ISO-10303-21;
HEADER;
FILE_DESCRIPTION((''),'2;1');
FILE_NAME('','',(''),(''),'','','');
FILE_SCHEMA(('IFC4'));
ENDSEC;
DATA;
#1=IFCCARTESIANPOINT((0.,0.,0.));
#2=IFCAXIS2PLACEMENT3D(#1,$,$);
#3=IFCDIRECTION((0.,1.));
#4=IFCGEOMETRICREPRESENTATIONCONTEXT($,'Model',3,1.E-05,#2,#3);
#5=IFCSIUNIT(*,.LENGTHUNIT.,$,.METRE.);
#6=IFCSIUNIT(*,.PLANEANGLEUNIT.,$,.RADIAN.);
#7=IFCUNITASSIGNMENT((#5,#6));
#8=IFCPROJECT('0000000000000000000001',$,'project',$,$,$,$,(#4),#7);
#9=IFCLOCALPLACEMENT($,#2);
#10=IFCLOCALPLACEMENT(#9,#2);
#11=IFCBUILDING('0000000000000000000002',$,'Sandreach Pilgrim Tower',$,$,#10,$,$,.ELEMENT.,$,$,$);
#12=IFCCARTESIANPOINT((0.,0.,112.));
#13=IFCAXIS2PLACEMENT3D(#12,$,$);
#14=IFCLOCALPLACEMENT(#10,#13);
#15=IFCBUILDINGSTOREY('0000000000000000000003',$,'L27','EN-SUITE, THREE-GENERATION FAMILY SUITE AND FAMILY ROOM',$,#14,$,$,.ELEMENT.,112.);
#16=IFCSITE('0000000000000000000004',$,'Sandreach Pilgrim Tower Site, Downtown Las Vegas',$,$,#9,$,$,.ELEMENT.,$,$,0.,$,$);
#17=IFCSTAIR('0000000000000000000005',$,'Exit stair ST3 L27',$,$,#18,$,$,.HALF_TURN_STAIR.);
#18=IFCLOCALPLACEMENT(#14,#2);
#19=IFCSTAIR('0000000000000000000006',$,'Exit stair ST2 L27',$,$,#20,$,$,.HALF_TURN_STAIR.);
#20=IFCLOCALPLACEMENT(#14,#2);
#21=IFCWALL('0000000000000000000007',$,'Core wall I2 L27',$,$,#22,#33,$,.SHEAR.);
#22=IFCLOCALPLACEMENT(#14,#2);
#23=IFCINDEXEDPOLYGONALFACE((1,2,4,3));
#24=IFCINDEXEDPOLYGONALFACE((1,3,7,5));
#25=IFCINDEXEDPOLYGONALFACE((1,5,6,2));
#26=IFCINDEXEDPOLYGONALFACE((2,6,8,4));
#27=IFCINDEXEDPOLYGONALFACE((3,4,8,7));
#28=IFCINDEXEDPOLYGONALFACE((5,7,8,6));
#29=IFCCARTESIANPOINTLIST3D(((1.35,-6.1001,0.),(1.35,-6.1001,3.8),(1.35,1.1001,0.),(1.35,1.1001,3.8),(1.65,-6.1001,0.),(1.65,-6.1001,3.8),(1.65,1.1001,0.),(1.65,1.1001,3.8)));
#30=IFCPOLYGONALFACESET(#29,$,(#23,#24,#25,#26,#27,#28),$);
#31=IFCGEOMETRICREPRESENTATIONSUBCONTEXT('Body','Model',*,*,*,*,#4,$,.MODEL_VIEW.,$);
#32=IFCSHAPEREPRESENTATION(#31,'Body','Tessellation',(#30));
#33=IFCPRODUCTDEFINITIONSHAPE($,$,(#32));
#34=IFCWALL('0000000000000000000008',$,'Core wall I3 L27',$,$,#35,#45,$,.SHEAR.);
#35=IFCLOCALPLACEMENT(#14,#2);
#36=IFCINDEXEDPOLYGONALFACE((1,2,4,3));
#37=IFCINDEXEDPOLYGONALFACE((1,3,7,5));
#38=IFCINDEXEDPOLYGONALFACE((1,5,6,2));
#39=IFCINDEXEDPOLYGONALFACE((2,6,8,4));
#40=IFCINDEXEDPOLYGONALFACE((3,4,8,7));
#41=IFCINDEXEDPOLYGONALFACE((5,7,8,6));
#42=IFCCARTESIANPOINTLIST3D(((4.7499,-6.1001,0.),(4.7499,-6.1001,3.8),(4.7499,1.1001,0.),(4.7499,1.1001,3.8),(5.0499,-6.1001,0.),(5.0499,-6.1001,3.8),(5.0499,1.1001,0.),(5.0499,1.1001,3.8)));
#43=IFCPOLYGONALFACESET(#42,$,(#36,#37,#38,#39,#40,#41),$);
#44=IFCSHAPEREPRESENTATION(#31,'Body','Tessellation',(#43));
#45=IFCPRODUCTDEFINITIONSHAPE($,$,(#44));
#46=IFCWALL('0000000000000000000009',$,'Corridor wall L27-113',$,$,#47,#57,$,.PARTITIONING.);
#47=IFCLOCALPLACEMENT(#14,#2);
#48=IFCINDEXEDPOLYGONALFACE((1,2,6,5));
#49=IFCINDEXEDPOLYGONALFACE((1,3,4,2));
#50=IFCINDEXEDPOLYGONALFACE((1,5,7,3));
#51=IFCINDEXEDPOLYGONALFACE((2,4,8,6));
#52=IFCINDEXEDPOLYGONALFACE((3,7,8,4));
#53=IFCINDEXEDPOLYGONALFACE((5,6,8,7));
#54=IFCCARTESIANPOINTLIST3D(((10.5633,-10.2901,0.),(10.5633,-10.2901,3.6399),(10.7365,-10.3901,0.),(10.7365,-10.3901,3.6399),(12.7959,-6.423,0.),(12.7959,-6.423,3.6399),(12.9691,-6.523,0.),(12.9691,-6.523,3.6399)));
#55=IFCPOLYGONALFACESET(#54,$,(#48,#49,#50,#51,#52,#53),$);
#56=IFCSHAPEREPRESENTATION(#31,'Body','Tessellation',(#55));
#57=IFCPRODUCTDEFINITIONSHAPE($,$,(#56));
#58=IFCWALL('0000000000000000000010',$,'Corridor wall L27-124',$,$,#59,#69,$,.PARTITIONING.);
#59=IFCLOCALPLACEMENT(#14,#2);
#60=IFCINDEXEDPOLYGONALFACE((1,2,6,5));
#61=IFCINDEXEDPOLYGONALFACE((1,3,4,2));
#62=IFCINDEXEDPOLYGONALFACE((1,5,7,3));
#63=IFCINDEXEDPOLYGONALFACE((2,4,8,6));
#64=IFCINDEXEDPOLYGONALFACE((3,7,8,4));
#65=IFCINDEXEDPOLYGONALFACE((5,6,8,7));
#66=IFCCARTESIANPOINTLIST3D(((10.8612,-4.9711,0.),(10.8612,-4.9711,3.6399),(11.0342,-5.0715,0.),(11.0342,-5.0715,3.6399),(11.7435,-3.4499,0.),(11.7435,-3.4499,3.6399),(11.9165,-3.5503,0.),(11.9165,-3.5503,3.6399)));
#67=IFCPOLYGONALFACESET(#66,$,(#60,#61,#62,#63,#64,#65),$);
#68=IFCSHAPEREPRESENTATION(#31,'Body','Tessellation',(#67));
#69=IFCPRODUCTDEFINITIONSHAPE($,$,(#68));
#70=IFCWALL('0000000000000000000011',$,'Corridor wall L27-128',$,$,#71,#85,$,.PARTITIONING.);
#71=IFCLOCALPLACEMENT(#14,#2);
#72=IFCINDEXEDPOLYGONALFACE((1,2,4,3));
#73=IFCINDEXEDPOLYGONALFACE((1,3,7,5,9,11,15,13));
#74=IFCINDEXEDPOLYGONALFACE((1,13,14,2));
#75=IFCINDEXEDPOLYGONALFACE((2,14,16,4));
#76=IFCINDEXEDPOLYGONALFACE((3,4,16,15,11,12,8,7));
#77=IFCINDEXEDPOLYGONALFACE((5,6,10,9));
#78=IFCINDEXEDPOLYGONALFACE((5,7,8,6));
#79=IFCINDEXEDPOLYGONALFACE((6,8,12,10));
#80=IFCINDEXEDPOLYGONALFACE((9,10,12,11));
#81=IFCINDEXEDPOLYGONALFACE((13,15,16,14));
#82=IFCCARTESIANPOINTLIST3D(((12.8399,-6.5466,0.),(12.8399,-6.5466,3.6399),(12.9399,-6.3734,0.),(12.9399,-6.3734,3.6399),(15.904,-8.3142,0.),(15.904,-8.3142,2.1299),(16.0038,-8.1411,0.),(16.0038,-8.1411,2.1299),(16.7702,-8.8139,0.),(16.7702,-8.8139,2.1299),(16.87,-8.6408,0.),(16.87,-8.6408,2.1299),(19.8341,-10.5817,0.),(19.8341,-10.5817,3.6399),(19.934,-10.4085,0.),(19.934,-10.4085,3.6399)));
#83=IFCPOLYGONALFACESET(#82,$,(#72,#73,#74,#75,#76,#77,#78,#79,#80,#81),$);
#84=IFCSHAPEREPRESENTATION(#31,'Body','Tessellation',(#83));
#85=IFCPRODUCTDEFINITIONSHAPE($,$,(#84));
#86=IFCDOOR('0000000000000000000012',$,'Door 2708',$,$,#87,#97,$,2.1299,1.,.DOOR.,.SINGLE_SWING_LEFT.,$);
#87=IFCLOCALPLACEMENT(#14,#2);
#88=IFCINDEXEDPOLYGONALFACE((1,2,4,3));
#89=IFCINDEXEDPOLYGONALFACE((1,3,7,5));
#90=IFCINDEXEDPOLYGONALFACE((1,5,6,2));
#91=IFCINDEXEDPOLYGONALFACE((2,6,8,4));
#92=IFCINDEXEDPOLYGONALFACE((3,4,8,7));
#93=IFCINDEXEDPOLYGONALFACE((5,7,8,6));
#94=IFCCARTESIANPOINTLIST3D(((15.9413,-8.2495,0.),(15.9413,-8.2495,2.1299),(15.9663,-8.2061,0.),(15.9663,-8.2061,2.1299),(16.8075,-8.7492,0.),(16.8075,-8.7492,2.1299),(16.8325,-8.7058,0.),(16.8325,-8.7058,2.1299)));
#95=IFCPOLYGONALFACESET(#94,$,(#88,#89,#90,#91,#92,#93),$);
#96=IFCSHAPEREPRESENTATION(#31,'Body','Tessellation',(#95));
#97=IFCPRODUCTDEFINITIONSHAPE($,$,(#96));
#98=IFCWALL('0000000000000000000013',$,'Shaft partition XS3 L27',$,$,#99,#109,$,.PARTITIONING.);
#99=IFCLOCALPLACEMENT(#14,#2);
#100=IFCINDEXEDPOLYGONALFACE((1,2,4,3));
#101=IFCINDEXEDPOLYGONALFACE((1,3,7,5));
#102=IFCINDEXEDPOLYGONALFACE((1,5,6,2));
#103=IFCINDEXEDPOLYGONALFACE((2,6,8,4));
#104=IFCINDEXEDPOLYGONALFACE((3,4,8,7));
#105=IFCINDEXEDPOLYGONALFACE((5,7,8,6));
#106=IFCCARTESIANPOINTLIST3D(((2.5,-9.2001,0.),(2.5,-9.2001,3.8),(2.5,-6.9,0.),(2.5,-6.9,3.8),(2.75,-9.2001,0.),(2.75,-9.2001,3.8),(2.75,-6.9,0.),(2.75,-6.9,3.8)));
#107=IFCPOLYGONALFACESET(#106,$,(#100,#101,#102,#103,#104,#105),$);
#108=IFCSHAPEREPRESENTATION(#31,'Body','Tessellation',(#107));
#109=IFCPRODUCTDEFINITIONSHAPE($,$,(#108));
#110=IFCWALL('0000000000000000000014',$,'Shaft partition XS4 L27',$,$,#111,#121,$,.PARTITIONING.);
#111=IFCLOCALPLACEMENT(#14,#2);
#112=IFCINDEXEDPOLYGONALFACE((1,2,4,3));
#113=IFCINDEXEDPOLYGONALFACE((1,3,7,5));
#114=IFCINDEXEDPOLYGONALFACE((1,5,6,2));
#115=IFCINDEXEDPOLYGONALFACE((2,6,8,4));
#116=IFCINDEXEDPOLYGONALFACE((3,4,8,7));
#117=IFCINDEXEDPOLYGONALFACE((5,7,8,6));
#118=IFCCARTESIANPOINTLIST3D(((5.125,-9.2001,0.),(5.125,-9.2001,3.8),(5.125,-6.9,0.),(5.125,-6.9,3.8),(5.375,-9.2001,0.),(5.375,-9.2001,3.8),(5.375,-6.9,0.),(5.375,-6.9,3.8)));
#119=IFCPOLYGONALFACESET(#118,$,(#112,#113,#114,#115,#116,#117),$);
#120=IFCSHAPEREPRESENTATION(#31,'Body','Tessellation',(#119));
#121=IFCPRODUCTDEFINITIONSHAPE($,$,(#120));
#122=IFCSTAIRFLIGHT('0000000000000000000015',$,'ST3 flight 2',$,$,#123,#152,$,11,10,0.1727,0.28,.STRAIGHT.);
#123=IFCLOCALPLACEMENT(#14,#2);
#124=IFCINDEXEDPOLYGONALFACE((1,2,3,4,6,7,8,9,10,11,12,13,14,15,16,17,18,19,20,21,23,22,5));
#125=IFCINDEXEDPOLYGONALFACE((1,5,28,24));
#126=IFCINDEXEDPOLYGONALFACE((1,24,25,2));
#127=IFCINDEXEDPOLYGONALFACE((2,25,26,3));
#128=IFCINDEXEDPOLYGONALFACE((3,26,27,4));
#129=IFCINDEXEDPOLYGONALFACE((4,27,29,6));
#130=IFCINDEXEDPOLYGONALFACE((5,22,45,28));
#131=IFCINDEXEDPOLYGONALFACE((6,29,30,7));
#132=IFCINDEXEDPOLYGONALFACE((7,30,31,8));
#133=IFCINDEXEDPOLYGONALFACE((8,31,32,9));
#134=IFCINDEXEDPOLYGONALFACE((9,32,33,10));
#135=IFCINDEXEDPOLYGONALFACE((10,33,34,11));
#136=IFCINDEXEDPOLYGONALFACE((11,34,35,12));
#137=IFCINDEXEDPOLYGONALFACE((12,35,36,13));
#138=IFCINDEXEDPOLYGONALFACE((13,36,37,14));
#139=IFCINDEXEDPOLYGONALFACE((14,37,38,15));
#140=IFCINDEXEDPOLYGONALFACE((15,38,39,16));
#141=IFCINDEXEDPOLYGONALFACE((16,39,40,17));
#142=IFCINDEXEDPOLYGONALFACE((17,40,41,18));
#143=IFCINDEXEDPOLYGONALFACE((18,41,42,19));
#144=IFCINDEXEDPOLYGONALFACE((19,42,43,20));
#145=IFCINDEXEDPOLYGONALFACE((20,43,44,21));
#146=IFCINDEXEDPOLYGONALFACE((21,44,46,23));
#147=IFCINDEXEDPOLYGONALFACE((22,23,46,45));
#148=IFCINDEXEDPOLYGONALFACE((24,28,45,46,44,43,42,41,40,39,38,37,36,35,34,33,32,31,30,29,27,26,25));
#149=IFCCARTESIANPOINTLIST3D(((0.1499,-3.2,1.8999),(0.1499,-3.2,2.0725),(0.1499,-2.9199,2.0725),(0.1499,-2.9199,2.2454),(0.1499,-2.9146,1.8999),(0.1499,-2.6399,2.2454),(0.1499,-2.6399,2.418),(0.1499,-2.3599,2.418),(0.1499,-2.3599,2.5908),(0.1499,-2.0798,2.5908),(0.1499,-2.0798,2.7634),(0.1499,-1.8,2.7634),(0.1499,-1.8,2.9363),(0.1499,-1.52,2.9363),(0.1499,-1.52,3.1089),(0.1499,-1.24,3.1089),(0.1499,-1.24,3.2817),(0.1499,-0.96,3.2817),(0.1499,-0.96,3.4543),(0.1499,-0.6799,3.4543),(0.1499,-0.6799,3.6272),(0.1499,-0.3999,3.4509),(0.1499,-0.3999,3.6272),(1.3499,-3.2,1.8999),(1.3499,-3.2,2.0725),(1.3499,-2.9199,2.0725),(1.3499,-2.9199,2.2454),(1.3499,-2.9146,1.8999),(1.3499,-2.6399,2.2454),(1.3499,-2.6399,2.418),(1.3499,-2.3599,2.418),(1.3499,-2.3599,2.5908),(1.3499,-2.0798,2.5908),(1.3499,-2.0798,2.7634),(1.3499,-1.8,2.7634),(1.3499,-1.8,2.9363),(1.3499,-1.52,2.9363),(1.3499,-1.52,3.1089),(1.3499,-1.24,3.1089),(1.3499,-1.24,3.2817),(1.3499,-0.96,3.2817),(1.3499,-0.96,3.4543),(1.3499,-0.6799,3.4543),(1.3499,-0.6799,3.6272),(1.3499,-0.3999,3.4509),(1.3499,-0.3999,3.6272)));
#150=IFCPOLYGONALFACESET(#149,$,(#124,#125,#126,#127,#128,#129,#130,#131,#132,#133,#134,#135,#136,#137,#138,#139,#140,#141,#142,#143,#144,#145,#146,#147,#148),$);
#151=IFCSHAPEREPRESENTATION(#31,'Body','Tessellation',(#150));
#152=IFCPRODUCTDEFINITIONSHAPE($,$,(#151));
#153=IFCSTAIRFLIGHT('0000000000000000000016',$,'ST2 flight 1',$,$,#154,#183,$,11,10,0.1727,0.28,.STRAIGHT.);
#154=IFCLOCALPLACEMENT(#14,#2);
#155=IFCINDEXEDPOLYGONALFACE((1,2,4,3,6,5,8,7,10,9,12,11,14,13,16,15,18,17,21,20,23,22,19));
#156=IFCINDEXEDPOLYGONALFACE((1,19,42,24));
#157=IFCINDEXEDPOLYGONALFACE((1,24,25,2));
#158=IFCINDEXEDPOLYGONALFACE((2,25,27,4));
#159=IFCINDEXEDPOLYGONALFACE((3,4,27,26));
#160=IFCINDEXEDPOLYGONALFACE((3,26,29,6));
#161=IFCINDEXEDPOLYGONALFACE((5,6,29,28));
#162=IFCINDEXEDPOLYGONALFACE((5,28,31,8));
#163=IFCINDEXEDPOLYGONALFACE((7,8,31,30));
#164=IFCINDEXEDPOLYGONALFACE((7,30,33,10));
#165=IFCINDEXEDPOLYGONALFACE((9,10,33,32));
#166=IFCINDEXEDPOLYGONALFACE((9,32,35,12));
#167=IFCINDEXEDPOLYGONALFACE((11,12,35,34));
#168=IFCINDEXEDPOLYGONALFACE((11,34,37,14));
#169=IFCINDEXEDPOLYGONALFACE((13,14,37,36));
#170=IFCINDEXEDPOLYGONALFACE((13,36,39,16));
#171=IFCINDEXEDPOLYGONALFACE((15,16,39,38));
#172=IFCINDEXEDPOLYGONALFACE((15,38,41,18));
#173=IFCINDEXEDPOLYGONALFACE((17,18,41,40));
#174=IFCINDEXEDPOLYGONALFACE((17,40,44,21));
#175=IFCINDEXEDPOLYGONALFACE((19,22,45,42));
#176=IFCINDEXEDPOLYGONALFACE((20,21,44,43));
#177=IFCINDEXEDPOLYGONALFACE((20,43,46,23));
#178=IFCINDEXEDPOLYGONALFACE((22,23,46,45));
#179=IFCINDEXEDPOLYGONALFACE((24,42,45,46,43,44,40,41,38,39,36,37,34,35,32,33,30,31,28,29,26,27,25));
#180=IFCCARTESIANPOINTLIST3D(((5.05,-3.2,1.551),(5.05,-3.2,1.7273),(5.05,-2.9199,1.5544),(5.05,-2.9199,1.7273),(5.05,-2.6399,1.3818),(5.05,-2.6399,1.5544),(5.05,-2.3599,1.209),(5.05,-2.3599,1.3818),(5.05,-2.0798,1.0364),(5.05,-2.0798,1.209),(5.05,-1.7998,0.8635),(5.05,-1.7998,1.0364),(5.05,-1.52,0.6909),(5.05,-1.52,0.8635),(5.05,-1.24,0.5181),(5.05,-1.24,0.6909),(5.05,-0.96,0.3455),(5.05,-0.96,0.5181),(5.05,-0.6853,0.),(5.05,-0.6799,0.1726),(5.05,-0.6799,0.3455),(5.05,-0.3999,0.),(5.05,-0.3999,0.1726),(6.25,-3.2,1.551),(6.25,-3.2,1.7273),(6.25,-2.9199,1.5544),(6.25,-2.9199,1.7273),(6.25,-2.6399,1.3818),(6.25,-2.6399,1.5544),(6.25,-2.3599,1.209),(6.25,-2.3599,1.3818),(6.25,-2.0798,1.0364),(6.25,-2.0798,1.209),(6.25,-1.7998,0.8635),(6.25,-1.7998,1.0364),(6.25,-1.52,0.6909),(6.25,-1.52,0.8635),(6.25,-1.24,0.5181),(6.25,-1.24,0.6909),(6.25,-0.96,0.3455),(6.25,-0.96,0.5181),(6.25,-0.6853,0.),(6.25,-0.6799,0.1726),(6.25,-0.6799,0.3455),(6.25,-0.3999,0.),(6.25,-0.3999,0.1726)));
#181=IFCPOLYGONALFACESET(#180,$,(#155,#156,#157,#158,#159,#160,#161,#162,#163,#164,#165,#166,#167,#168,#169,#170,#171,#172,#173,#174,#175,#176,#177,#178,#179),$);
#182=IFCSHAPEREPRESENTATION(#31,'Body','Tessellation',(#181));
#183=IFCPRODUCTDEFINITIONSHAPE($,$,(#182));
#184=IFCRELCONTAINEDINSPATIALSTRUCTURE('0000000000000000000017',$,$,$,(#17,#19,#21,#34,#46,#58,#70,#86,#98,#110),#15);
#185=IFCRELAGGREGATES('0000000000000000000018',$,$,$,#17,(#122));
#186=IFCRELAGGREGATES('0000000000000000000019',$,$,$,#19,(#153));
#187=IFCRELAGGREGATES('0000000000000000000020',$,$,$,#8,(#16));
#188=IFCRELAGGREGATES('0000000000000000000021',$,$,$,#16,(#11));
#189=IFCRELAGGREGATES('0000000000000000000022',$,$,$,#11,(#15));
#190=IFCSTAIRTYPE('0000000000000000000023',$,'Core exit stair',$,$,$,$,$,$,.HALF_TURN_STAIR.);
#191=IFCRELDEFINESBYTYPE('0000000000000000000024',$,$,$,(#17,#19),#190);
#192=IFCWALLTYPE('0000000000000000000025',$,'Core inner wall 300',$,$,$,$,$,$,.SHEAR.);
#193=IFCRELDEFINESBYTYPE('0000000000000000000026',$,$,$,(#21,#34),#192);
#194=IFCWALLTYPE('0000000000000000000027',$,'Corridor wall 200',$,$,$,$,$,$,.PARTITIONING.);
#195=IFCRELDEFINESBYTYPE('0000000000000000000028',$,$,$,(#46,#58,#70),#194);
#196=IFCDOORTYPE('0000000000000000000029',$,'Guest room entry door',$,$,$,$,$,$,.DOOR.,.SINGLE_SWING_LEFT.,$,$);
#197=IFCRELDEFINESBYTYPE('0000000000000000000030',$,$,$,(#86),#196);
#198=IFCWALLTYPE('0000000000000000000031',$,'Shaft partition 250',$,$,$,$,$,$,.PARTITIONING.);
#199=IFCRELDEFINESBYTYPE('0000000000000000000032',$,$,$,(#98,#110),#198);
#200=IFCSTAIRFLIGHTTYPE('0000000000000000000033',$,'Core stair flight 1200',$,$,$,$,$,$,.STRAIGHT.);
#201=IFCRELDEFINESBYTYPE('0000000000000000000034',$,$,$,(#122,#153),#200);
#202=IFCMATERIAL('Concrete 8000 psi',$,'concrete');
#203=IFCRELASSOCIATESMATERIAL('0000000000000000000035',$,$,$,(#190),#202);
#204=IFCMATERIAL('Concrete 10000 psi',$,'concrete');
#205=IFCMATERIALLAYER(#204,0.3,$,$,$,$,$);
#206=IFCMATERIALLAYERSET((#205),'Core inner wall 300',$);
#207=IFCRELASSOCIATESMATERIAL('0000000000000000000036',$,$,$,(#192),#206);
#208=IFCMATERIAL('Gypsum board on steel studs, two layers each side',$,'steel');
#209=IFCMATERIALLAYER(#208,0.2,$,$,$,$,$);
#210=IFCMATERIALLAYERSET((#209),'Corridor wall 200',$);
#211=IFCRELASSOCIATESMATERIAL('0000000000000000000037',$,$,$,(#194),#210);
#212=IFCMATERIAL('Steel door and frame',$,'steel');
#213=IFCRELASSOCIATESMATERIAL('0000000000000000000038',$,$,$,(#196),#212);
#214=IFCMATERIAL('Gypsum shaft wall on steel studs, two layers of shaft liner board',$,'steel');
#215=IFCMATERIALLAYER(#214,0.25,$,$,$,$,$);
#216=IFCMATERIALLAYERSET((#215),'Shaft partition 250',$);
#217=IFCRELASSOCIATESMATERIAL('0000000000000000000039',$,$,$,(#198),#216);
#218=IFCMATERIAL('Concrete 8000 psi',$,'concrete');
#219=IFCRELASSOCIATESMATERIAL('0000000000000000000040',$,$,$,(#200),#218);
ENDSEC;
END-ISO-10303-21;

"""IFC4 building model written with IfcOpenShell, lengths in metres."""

from ifc_helpers import new_model, si_unit, direction, frame, frame_2d, origin, place, context, subcontext, project, spatial, polyline, rectangle, outline, extrude, material, layer, layer_set, type_object, element, fill, aggregate, save


model = new_model("IFC4")

# Units and contexts
model_context = context("Model", 3, precision=1e-05, world=origin(), true_north=direction((0.0, 1.0)))
body_context = subcontext(model_context, "Body", "Model", "MODEL_VIEW")
ifc_project = project(units=[si_unit("LENGTHUNIT", "METRE"), si_unit("PLANEANGLEUNIT", "RADIAN")], contexts=[model_context])

# Site, building, storey
site_placement = place(None, origin())
site = spatial("IfcSite", under=ifc_project, at=site_placement, Name="Sandreach Pilgrim Tower Site, Downtown Las Vegas", CompositionType="ELEMENT", RefElevation=0.0)
building_placement = place(site_placement, origin())
building = spatial("IfcBuilding", under=site, at=building_placement, Name="Sandreach Pilgrim Tower", CompositionType="ELEMENT")
storey_placement = place(building_placement, frame((0.0, 0.0, 112.0)))
storey = spatial("IfcBuildingStorey", under=building, at=storey_placement, Name="L27", Description="EN-SUITE, THREE-GENERATION FAMILY SUITE AND FAMILY ROOM", CompositionType="ELEMENT", Elevation=112.0)

# Stairs
ifc_material_1 = material(Name="Concrete 8000 psi", Category="concrete")
stair_type = type_object("IfcStairType", Name="Core exit stair", PredefinedType="HALF_TURN_STAIR", material=ifc_material_1)
stair_1_placement = place(storey_placement, origin())
stair_1 = element("IfcStair", 1, at=stair_1_placement, inside=storey, type_object=stair_type, Name="Exit stair ST3 L27", PredefinedType="HALF_TURN_STAIR")
stair_2_placement = place(storey_placement, origin())
stair_2 = element("IfcStair", 2, at=stair_2_placement, inside=storey, type_object=stair_type, Name="Exit stair ST2 L27", PredefinedType="HALF_TURN_STAIR")

# Walls
ifc_material_2 = material(Name="Concrete 10000 psi", Category="concrete")
ifc_layer_1 = layer(ifc_material_2, 0.3)
ifc_layer_set_1 = layer_set([ifc_layer_1], Name="Core inner wall 300")
wall_type_1 = type_object("IfcWallType", Name="Core inner wall 300", PredefinedType="SHEAR", material=ifc_layer_set_1)
for number, where, z_axis, x_axis, name in (
    (3, (1.5, -6.1001, 0.0), (0.0, 0.0, 1.0), (0.0, 1.0, 0.0), "Core wall I2 L27"),
    (4, (4.8999, -6.1001, 0.0), (0.0, 0.0, 1.0), (0.0, 1.0, 0.0), "Core wall I3 L27"),
):
    element("IfcWall", number, at=place(storey_placement, frame(where, z_axis=z_axis, x_axis=x_axis)), inside=storey, type_object=wall_type_1, Name=name, PredefinedType="SHEAR", context=body_context, shape_type="SweptSolid", body=[
        extrude(rectangle(XDim=7.2002, YDim=0.3, at=frame_2d((3.6001, 0.0))), origin(), (0.0, 0.0, 1.0), 3.8),
    ])

# Wall
ifc_material_3 = material(Name="Gypsum board on steel studs, two layers each side", Category="steel")
ifc_layer_2 = layer(ifc_material_3, 0.2)
ifc_layer_set_2 = layer_set([ifc_layer_2], Name="Corridor wall 200")
wall_type_2 = type_object("IfcWallType", Name="Corridor wall 200", PredefinedType="PARTITIONING", material=ifc_layer_set_2)
wall_1_placement = place(storey_placement, frame((10.6499, -10.3401, 0.0), z_axis=(0.0, 0.0, 1.0), x_axis=(0.499991, 0.866031, 0.0)))
element("IfcWall", 5, at=wall_1_placement, inside=storey, type_object=wall_type_2, Name="Corridor wall L27-113", PredefinedType="PARTITIONING", context=body_context, shape_type="SweptSolid", body=[
    extrude(rectangle(XDim=4.4653, YDim=0.2, at=frame_2d((2.2327, 0.0))), origin(), (0.0, 0.0, 1.0), 3.6399),
])

# Wall
wall_2_placement = place(storey_placement, frame((11.8301, -3.5, 0.0), z_axis=(0.0, 0.0, 1.0), x_axis=(-0.50172, -0.86503, 0.0)))
element("IfcWall", 6, at=wall_2_placement, inside=storey, type_object=wall_type_2, Name="Corridor wall L27-124", PredefinedType="PARTITIONING", context=body_context, shape_type="SweptSolid", body=[
    extrude(rectangle(XDim=1.7585, YDim=0.2, at=frame_2d((0.8794, 0.0))), origin(), (0.0, 0.0, 1.0), 3.6399),
])

# Wall, opening, door
wall_3_placement = place(storey_placement, frame((12.8899, -6.46, 0.0), z_axis=(0.0, 0.0, 1.0), x_axis=(0.866182, -0.499729, 0.0)))
wall_3 = element("IfcWall", 7, at=wall_3_placement, inside=storey, type_object=wall_type_2, Name="Corridor wall L27-128", PredefinedType="PARTITIONING", context=body_context, shape_type="SweptSolid", body=[
    extrude(rectangle(XDim=8.0747, YDim=0.2, at=frame_2d((4.0374, 0.0))), origin(), (0.0, 0.0, 1.0), 3.6399),
])
opening_1_placement = place(wall_3_placement, frame((3.5374, 0.0, 0.0)))
opening_1 = element("IfcOpeningElement", 8, at=opening_1_placement, cuts=wall_3, PredefinedType="OPENING", context=body_context, shape_type="SweptSolid", body=[
    extrude(rectangle(XDim=1.0, YDim=2.1299, at=frame_2d((0.5, 1.0649))), frame((0.0, 0.1001, 0.0), z_axis=(0.0, -1.0, 0.0), x_axis=(1.0, 0.0, 0.0)), (0.0, 0.0, 1.0), 0.2),
])
ifc_material_4 = material(Name="Steel door and frame", Category="steel")
door_type_1 = type_object("IfcDoorType", Name="Guest room entry door", OperationType="SINGLE_SWING_LEFT", PredefinedType="DOOR", material=ifc_material_4)
door_1_placement = place(opening_1_placement, origin())
door_1 = element("IfcDoor", 9, at=door_1_placement, inside=storey, type_object=door_type_1, Name="Door 2708", OperationType="SINGLE_SWING_LEFT", OverallHeight=2.1299, OverallWidth=1.0, PredefinedType="DOOR", context=body_context, shape_type="SweptSolid", body=[
    extrude(rectangle(XDim=1.0, YDim=2.1299, at=frame_2d((0.5, 1.0649))), frame((0.0, 0.0249, 0.0), z_axis=(0.0, -1.0, 0.0), x_axis=(1.0, 0.0, 0.0)), (0.0, 0.0, 1.0), 0.05),
])
fill(opening_1, door_1)

# Walls
ifc_material_5 = material(Name="Gypsum shaft wall on steel studs, two layers of shaft liner board", Category="steel")
ifc_layer_3 = layer(ifc_material_5, 0.25)
ifc_layer_set_3 = layer_set([ifc_layer_3], Name="Shaft partition 250")
wall_type_3 = type_object("IfcWallType", Name="Shaft partition 250", PredefinedType="PARTITIONING", material=ifc_layer_set_3)
for number, where, z_axis, x_axis, name in (
    (10, (2.625, -9.2, 0.0), (0.0, 0.0, 1.0), (0.0, 1.0, 0.0), "Shaft partition XS3 L27"),
    (11, (5.25, -9.2, 0.0), (0.0, 0.0, 1.0), (0.0, 1.0, 0.0), "Shaft partition XS4 L27"),
):
    element("IfcWall", number, at=place(storey_placement, frame(where, z_axis=z_axis, x_axis=x_axis)), inside=storey, type_object=wall_type_3, Name=name, PredefinedType="PARTITIONING", context=body_context, shape_type="SweptSolid", body=[
        extrude(rectangle(XDim=2.3, YDim=0.25, at=frame_2d((1.1499, 0.0))), origin(), (0.0, 0.0, 1.0), 3.8),
    ])

# Stair flights
ifc_material_6 = material(Name="Concrete 8000 psi", Category="concrete")
stair_flight_type = type_object("IfcStairFlightType", Name="Core stair flight 1200", PredefinedType="STRAIGHT", material=ifc_material_6)
stair_flight_1_placement = place(storey_placement, frame((0.75, -3.2, 1.8999), z_axis=(0.0, 0.0, 1.0), x_axis=(0.0, 1.0, 0.0)))
stair_flight_1 = element("IfcStairFlight", 12, at=stair_flight_1_placement, type_object=stair_flight_type, Name="ST3 flight 2", NumberOfRisers=11, NumberOfTreads=10, PredefinedType="STRAIGHT", RiserHeight=0.1727, TreadLength=0.28, context=body_context, shape_type="SweptSolid", body=[
    extrude(outline(polyline([(0.0, 0.0), (0.0, 0.1726), (0.28, 0.1726), (0.28, 0.3455), (0.5601, 0.3455), (0.5601, 0.5181), (0.8401, 0.5181), (0.8401, 0.6909), (1.1201, 0.6909), (1.1201, 0.8635), (1.3999, 0.8635), (1.3999, 1.0364), (1.6799, 1.0364), (1.6799, 1.209), (1.96, 1.209), (1.96, 1.3818), (2.24, 1.3818), (2.24, 1.5544), (2.52, 1.5544), (2.52, 1.7273), (2.8, 1.7273), (2.8, 1.8999), (2.8, 1.551), (0.2854, 0.0), (0.0, 0.0)])), frame((0.0, 0.6001, 0.0), z_axis=(0.0, -1.0, 0.0), x_axis=(1.0, 0.0, 0.0)), (0.0, 0.0, 1.0), 1.2),
])
aggregate(stair_1, [stair_flight_1])
stair_flight_2_placement = place(storey_placement, frame((5.6499, -0.3999, 0.0), z_axis=(0.0, 0.0, 1.0), x_axis=(0.0, -1.0, 0.0)))
stair_flight_2 = element("IfcStairFlight", 13, at=stair_flight_2_placement, type_object=stair_flight_type, Name="ST2 flight 1", NumberOfRisers=11, NumberOfTreads=10, PredefinedType="STRAIGHT", RiserHeight=0.1727, TreadLength=0.28, context=body_context, shape_type="SweptSolid", body=[
    extrude(outline(polyline([(0.0, 0.0), (0.0, 0.1726), (0.28, 0.1726), (0.28, 0.3455), (0.5601, 0.3455), (0.5601, 0.5181), (0.8401, 0.5181), (0.8401, 0.6909), (1.1201, 0.6909), (1.1201, 0.8635), (1.3999, 0.8635), (1.3999, 1.0364), (1.6799, 1.0364), (1.6799, 1.209), (1.96, 1.209), (1.96, 1.3818), (2.24, 1.3818), (2.24, 1.5544), (2.52, 1.5544), (2.52, 1.7273), (2.8, 1.7273), (2.8, 1.8999), (2.8, 1.551), (0.2854, 0.0), (0.0, 0.0)])), frame((0.0, 0.6001, 0.0), z_axis=(0.0, -1.0, 0.0), x_axis=(1.0, 0.0, 0.0)), (0.0, 0.0, 1.0), 1.2),
])
aggregate(stair_2, [stair_flight_2])

save(model, "model.ifc")
